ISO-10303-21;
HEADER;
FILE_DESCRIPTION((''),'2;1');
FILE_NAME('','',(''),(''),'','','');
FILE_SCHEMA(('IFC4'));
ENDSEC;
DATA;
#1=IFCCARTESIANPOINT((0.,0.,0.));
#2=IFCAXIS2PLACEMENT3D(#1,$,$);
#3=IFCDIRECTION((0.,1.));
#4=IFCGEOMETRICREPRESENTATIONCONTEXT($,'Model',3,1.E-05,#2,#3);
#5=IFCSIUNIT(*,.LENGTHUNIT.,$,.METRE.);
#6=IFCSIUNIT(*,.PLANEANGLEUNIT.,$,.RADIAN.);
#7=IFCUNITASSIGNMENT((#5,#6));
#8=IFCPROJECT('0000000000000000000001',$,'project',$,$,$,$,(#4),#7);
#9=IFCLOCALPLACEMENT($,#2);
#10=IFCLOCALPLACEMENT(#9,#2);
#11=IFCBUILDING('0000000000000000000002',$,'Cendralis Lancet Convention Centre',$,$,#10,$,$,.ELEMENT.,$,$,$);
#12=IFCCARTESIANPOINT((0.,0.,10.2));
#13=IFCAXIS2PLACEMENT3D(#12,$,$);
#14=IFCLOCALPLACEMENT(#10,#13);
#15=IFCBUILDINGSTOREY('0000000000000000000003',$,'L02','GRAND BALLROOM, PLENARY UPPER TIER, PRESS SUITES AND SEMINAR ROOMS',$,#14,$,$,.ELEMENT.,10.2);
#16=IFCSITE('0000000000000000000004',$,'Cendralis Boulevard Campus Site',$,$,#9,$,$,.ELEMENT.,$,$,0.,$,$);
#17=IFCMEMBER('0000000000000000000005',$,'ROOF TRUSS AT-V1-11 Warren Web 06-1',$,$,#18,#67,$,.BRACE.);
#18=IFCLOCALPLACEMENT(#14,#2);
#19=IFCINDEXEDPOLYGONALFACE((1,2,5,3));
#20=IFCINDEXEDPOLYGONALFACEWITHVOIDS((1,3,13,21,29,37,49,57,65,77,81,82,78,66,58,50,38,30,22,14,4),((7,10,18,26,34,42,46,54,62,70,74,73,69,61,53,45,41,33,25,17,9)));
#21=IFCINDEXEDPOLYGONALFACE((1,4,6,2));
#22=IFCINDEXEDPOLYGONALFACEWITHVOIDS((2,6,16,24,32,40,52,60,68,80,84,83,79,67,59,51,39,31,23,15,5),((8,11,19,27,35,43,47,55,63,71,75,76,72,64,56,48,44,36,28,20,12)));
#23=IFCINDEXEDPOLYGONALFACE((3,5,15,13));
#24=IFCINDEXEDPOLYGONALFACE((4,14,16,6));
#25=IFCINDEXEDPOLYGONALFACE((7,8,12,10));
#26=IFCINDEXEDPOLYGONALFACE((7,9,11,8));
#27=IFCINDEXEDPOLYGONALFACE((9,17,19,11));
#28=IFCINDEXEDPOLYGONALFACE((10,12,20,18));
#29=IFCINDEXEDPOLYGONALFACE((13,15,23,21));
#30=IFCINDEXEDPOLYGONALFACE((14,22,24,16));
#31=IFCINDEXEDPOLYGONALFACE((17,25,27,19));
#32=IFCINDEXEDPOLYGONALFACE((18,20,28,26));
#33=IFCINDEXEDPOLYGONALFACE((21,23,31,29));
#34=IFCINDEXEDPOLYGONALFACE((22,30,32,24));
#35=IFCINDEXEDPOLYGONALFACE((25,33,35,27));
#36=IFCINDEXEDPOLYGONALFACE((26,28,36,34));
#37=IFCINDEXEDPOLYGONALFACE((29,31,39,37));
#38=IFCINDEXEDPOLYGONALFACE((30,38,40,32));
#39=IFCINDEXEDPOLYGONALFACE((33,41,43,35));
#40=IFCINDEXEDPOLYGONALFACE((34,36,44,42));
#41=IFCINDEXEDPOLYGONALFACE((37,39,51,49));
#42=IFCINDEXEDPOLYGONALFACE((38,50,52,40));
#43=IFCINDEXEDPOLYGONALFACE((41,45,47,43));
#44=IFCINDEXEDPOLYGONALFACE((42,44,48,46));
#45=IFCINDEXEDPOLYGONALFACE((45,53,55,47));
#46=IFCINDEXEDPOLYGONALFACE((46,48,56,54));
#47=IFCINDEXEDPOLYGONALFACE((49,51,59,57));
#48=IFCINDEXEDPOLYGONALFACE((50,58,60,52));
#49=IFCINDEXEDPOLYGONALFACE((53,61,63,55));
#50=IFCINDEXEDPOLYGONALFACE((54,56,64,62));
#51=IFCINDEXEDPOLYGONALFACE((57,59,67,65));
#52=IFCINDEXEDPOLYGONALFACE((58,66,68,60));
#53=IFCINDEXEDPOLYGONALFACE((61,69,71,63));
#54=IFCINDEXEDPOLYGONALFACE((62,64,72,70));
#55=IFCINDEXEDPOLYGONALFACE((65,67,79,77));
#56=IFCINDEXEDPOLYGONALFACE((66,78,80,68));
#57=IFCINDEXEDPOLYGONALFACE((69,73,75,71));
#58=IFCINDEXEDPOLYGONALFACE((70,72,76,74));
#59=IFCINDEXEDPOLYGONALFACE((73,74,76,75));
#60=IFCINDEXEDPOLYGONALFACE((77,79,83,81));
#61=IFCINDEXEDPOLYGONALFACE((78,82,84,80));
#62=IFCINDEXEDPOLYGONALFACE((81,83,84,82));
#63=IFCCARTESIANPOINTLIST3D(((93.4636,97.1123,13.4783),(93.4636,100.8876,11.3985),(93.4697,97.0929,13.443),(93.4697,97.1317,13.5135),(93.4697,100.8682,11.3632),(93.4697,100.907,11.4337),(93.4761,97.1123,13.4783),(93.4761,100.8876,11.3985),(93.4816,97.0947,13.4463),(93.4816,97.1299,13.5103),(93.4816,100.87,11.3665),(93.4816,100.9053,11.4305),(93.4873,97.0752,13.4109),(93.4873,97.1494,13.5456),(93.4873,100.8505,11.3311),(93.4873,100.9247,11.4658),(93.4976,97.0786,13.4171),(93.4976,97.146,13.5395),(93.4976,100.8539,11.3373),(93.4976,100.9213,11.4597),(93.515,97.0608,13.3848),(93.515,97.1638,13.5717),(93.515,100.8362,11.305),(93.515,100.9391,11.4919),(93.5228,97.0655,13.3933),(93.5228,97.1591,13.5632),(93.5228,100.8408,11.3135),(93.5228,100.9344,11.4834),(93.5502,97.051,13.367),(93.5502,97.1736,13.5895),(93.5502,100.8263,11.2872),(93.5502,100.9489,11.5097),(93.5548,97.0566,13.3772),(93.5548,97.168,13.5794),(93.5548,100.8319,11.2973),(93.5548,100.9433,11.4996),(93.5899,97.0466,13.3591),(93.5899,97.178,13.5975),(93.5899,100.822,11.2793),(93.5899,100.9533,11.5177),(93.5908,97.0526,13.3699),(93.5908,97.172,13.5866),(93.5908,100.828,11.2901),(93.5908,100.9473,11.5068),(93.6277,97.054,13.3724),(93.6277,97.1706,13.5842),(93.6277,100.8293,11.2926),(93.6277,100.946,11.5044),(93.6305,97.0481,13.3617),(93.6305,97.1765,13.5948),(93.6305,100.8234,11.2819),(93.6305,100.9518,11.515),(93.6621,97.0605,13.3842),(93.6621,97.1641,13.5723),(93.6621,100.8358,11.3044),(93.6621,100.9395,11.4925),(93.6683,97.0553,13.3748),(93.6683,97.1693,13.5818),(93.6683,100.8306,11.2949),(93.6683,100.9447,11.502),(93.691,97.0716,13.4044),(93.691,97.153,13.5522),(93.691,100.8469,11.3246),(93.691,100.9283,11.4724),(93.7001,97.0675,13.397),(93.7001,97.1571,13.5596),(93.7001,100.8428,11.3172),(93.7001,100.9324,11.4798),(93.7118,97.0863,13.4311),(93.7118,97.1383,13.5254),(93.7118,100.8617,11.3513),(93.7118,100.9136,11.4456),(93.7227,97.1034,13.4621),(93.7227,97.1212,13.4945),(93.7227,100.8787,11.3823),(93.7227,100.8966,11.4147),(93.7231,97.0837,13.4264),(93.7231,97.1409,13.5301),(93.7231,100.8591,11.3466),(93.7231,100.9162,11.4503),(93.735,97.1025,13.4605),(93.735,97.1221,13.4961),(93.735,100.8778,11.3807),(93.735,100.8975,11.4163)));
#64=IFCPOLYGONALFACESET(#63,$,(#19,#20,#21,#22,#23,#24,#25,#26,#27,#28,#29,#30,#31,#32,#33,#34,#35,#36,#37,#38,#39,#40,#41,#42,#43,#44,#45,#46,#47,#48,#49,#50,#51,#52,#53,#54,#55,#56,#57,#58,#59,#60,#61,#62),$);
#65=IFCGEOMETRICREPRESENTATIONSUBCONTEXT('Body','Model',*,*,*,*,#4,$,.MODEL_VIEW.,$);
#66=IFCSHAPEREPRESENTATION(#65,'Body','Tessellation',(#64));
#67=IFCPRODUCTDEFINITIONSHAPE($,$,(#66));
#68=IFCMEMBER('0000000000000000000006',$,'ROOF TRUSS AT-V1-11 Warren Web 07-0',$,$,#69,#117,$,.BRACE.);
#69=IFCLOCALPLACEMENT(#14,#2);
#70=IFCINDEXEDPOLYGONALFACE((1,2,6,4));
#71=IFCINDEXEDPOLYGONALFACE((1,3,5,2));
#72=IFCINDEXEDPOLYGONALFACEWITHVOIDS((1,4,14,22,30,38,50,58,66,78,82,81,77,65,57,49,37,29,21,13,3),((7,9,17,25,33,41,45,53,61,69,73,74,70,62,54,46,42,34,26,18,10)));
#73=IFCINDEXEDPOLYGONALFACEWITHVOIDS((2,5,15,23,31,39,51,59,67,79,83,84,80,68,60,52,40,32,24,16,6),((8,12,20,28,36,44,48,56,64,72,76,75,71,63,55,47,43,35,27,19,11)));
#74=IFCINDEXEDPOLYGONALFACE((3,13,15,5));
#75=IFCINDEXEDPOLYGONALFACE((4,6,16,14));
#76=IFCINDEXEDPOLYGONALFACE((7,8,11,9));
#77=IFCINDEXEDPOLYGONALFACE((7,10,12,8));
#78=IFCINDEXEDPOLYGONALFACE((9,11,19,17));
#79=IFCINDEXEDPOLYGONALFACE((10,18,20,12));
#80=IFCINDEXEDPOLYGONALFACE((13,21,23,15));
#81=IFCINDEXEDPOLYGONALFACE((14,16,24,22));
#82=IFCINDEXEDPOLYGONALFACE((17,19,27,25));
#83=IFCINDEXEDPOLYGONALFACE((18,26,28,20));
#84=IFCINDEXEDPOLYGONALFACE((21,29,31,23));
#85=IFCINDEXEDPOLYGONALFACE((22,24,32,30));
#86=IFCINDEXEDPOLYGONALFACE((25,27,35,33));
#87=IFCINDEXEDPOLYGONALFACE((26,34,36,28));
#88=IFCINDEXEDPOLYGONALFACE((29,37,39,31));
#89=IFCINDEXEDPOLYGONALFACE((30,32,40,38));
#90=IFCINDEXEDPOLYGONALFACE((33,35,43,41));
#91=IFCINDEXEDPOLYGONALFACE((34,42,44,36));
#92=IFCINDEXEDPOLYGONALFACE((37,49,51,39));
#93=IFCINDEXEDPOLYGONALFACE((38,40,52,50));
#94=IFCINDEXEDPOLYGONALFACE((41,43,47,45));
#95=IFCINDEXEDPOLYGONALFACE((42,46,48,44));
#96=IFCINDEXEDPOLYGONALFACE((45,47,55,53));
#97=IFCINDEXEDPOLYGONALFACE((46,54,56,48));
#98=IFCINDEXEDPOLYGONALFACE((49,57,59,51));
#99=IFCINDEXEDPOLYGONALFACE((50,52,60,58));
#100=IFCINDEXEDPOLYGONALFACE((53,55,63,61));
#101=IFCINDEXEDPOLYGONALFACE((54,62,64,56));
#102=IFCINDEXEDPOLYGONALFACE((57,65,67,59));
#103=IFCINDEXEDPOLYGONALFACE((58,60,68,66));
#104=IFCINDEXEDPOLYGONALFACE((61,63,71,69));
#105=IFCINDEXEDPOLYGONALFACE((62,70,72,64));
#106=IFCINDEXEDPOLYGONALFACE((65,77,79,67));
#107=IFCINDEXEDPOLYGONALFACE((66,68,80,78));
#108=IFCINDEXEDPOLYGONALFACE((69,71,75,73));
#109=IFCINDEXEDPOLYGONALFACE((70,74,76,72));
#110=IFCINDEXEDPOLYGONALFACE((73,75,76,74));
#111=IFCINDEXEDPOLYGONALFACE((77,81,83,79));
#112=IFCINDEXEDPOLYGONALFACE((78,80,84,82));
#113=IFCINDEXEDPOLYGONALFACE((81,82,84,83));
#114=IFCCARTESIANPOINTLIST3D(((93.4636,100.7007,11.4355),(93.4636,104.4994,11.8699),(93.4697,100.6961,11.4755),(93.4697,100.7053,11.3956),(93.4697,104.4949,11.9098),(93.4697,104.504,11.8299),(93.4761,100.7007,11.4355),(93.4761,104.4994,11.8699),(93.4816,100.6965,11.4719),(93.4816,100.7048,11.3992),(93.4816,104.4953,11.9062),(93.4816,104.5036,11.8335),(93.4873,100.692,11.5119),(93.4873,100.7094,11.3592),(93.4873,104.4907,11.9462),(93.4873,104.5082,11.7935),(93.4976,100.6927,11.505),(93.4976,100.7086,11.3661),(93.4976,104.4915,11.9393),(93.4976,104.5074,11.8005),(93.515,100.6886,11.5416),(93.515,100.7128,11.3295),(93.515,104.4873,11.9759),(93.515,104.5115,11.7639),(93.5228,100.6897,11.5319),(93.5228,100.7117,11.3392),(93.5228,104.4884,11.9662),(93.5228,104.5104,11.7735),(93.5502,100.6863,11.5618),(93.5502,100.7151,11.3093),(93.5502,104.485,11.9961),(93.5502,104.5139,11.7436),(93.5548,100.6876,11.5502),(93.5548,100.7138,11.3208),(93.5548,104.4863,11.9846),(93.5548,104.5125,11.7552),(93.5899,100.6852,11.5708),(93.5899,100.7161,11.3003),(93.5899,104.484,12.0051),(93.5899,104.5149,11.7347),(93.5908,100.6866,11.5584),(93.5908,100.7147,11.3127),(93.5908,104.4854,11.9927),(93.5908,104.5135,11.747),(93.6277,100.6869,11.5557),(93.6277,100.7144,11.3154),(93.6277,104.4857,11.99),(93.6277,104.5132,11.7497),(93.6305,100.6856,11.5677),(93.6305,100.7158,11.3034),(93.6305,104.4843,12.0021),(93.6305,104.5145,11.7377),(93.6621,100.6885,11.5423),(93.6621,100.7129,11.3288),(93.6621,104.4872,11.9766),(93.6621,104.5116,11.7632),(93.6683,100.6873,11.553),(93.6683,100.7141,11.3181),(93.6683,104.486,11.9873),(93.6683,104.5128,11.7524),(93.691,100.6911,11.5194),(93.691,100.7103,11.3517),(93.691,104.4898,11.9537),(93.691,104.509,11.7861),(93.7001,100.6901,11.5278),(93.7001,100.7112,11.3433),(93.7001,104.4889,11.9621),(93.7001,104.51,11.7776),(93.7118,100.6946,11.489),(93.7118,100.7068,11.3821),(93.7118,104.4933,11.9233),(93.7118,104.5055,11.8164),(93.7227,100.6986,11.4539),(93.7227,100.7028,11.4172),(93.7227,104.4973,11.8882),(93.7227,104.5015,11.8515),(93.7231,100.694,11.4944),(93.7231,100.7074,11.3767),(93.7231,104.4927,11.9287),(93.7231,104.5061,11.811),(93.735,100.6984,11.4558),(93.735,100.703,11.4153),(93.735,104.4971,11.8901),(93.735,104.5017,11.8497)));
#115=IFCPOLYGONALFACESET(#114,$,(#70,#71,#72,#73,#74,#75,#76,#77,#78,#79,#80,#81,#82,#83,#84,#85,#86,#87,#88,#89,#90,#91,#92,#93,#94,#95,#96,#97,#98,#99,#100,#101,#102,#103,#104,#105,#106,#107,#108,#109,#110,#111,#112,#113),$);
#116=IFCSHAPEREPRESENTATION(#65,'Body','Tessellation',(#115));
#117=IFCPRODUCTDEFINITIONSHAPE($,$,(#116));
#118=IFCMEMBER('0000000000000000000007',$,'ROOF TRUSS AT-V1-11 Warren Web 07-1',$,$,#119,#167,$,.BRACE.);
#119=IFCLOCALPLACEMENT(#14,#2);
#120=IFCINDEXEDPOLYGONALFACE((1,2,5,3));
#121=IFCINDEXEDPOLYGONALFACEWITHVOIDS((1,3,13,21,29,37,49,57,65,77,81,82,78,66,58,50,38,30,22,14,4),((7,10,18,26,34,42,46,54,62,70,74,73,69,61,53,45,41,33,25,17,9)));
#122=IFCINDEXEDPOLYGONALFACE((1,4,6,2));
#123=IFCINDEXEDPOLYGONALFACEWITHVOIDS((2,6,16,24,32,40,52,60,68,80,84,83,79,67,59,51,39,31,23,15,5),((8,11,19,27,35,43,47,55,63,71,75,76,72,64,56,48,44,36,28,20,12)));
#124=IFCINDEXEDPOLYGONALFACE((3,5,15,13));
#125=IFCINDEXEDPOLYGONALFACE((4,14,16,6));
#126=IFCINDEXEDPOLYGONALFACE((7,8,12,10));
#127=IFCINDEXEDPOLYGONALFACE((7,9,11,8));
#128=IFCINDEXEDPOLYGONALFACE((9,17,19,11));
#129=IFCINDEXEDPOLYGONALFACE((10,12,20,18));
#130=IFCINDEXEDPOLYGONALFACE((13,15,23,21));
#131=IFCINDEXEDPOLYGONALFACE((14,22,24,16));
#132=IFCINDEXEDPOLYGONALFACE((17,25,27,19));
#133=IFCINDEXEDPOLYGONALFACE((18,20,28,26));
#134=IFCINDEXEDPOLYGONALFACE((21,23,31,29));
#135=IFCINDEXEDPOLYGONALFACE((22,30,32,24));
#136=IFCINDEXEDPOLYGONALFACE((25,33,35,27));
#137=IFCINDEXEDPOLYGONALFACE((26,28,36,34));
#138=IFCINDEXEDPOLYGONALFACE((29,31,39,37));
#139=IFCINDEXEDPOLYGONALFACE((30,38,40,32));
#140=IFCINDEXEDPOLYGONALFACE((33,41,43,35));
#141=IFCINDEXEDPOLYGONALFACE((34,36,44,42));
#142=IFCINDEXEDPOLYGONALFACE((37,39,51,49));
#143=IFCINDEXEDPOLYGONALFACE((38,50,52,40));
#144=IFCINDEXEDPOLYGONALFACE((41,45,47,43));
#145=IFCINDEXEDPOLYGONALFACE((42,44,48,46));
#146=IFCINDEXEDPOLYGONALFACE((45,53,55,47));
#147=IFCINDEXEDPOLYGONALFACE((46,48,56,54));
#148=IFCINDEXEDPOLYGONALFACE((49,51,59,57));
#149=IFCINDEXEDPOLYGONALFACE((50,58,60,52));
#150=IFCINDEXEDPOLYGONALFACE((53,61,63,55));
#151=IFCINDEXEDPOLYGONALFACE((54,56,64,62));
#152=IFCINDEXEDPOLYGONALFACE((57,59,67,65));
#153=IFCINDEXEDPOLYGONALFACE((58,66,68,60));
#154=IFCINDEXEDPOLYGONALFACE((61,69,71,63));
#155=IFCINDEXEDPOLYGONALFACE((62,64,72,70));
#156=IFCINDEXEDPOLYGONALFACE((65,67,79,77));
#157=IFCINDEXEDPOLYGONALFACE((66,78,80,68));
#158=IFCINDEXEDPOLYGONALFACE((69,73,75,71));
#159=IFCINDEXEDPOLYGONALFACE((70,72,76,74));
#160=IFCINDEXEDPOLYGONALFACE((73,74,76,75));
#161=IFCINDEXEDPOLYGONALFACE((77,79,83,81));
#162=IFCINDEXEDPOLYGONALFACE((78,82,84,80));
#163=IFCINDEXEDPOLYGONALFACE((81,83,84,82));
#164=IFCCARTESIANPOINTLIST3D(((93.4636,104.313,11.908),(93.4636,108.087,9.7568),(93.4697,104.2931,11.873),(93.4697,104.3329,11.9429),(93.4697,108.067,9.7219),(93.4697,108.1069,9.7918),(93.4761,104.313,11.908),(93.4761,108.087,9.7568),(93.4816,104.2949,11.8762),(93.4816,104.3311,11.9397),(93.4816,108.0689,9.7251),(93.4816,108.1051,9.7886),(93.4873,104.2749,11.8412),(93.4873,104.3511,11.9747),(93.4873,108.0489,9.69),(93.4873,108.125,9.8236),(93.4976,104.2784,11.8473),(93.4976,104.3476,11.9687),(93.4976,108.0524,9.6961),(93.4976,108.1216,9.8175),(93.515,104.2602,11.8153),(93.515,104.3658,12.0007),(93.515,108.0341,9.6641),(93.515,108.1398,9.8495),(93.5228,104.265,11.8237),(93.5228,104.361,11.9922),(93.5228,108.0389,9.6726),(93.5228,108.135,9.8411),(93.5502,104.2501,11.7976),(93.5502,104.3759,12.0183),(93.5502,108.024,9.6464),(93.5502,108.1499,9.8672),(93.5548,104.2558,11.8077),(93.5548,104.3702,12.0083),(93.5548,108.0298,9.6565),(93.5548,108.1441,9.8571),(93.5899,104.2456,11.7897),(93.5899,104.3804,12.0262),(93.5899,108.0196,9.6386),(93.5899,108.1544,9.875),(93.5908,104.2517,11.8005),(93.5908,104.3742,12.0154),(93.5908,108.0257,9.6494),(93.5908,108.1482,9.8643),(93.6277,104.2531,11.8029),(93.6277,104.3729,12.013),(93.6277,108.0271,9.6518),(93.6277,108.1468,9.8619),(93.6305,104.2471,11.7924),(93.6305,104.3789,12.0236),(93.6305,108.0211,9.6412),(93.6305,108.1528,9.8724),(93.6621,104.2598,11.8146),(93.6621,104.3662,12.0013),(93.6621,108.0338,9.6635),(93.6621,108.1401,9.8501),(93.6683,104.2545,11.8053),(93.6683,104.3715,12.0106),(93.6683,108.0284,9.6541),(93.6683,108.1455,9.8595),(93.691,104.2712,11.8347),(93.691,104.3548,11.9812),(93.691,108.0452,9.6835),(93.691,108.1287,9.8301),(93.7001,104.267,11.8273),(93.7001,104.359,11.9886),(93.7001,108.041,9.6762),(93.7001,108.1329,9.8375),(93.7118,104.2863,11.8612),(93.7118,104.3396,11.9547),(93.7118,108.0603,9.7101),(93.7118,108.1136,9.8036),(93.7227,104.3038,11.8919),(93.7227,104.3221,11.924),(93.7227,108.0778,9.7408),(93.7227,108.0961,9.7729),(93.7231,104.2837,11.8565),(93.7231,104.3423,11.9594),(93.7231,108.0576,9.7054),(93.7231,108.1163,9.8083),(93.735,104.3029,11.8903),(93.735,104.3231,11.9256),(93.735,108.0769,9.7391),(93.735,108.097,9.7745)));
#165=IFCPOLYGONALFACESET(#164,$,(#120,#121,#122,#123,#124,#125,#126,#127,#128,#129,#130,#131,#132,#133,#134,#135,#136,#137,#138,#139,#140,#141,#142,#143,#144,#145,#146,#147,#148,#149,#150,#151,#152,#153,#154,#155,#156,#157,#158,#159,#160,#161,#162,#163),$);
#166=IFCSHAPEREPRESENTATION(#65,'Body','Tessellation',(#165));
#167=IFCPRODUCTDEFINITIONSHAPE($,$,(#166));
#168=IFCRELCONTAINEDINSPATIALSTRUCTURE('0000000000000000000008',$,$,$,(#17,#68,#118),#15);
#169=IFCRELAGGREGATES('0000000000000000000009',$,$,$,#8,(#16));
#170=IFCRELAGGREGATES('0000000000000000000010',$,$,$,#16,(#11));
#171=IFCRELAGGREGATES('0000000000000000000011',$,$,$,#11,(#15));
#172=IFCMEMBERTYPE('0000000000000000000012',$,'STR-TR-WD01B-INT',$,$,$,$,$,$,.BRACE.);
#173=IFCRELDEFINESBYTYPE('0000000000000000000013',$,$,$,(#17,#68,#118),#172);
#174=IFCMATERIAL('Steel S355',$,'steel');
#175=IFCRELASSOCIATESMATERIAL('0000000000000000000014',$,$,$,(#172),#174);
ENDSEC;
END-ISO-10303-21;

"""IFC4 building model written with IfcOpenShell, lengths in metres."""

from ifc_helpers import new_model, si_unit, direction, frame, origin, origin_2d, place, context, subcontext, project, spatial, hollow_circle, extrude, material, material_profile, profile_set, type_object, element, save


model = new_model("IFC4")

# Units and contexts
model_context = context("Model", 3, precision=1e-05, world=origin(), true_north=direction((0.0, 1.0)))
body_context = subcontext(model_context, "Body", "Model", "MODEL_VIEW")
ifc_project = project(units=[si_unit("LENGTHUNIT", "METRE"), si_unit("PLANEANGLEUNIT", "RADIAN")], contexts=[model_context])

# Site, building, storey
site_placement = place(None, origin())
site = spatial("IfcSite", under=ifc_project, at=site_placement, Name="Cendralis Boulevard Campus Site", CompositionType="ELEMENT", RefElevation=0.0)
building_placement = place(site_placement, origin())
building = spatial("IfcBuilding", under=site, at=building_placement, Name="Cendralis Lancet Convention Centre", CompositionType="ELEMENT")
storey_placement = place(building_placement, frame((0.0, 0.0, 10.2)))
storey = spatial("IfcBuildingStorey", under=building, at=storey_placement, Name="L02", Description="GRAND BALLROOM, PLENARY UPPER TIER, PRESS SUITES AND SEMINAR ROOMS", CompositionType="ELEMENT", Elevation=10.2)

# Members
ifc_material = material(Name="Steel S355", Category="steel")
ifc_material_profile_1 = material_profile(ifc_material, hollow_circle(Radius=0.1365, WallThickness=0.0125, at=origin_2d()), Name="CHS 273.0x12.5")
ifc_profile_set_1 = profile_set([ifc_material_profile_1], Name="Steel S355")
member_type_1 = type_object("IfcMemberType", Name="STR-TR-WD01B-INT", PredefinedType="BRACE", material=ifc_profile_set_1)
member_1_placement = place(storey_placement, frame((93.6001, 97.1123, 13.4783), z_axis=(0.0, 0.875886, -0.482519), x_axis=(-1.0, 0.0, 0.0)))
element("IfcMember", 1, at=member_1_placement, inside=storey, type_object=member_type_1, Name="ROOF TRUSS AT-V1-11 Warren Web 06-1", PredefinedType="BRACE", context=body_context, shape_type="SweptSolid", body=[
    extrude(hollow_circle(Radius=0.1365, WallThickness=0.0125, at=origin_2d()), origin(), (0.0, 0.0, 1.0), 4.3103),
])
member_2_placement = place(storey_placement, frame((93.6001, 100.7007, 11.4355), z_axis=(0.0, 0.993528, 0.113592), x_axis=(-1.0, 0.0, 0.0)))
element("IfcMember", 2, at=member_2_placement, inside=storey, type_object=member_type_1, Name="ROOF TRUSS AT-V1-11 Warren Web 07-0", PredefinedType="BRACE", context=body_context, shape_type="SweptSolid", body=[
    extrude(hollow_circle(Radius=0.1365, WallThickness=0.0125, at=origin_2d()), origin(), (0.0, 0.0, 1.0), 3.8235),
])
member_3_placement = place(storey_placement, frame((93.6001, 104.313, 11.908), z_axis=(0.0, 0.868779, -0.4952), x_axis=(-1.0, 0.0, 0.0)))
element("IfcMember", 3, at=member_3_placement, inside=storey, type_object=member_type_1, Name="ROOF TRUSS AT-V1-11 Warren Web 07-1", PredefinedType="BRACE", context=body_context, shape_type="SweptSolid", body=[
    extrude(hollow_circle(Radius=0.1365, WallThickness=0.0125, at=origin_2d()), origin(), (0.0, 0.0, 1.0), 4.344),
])

save(model, "model.ifc")
